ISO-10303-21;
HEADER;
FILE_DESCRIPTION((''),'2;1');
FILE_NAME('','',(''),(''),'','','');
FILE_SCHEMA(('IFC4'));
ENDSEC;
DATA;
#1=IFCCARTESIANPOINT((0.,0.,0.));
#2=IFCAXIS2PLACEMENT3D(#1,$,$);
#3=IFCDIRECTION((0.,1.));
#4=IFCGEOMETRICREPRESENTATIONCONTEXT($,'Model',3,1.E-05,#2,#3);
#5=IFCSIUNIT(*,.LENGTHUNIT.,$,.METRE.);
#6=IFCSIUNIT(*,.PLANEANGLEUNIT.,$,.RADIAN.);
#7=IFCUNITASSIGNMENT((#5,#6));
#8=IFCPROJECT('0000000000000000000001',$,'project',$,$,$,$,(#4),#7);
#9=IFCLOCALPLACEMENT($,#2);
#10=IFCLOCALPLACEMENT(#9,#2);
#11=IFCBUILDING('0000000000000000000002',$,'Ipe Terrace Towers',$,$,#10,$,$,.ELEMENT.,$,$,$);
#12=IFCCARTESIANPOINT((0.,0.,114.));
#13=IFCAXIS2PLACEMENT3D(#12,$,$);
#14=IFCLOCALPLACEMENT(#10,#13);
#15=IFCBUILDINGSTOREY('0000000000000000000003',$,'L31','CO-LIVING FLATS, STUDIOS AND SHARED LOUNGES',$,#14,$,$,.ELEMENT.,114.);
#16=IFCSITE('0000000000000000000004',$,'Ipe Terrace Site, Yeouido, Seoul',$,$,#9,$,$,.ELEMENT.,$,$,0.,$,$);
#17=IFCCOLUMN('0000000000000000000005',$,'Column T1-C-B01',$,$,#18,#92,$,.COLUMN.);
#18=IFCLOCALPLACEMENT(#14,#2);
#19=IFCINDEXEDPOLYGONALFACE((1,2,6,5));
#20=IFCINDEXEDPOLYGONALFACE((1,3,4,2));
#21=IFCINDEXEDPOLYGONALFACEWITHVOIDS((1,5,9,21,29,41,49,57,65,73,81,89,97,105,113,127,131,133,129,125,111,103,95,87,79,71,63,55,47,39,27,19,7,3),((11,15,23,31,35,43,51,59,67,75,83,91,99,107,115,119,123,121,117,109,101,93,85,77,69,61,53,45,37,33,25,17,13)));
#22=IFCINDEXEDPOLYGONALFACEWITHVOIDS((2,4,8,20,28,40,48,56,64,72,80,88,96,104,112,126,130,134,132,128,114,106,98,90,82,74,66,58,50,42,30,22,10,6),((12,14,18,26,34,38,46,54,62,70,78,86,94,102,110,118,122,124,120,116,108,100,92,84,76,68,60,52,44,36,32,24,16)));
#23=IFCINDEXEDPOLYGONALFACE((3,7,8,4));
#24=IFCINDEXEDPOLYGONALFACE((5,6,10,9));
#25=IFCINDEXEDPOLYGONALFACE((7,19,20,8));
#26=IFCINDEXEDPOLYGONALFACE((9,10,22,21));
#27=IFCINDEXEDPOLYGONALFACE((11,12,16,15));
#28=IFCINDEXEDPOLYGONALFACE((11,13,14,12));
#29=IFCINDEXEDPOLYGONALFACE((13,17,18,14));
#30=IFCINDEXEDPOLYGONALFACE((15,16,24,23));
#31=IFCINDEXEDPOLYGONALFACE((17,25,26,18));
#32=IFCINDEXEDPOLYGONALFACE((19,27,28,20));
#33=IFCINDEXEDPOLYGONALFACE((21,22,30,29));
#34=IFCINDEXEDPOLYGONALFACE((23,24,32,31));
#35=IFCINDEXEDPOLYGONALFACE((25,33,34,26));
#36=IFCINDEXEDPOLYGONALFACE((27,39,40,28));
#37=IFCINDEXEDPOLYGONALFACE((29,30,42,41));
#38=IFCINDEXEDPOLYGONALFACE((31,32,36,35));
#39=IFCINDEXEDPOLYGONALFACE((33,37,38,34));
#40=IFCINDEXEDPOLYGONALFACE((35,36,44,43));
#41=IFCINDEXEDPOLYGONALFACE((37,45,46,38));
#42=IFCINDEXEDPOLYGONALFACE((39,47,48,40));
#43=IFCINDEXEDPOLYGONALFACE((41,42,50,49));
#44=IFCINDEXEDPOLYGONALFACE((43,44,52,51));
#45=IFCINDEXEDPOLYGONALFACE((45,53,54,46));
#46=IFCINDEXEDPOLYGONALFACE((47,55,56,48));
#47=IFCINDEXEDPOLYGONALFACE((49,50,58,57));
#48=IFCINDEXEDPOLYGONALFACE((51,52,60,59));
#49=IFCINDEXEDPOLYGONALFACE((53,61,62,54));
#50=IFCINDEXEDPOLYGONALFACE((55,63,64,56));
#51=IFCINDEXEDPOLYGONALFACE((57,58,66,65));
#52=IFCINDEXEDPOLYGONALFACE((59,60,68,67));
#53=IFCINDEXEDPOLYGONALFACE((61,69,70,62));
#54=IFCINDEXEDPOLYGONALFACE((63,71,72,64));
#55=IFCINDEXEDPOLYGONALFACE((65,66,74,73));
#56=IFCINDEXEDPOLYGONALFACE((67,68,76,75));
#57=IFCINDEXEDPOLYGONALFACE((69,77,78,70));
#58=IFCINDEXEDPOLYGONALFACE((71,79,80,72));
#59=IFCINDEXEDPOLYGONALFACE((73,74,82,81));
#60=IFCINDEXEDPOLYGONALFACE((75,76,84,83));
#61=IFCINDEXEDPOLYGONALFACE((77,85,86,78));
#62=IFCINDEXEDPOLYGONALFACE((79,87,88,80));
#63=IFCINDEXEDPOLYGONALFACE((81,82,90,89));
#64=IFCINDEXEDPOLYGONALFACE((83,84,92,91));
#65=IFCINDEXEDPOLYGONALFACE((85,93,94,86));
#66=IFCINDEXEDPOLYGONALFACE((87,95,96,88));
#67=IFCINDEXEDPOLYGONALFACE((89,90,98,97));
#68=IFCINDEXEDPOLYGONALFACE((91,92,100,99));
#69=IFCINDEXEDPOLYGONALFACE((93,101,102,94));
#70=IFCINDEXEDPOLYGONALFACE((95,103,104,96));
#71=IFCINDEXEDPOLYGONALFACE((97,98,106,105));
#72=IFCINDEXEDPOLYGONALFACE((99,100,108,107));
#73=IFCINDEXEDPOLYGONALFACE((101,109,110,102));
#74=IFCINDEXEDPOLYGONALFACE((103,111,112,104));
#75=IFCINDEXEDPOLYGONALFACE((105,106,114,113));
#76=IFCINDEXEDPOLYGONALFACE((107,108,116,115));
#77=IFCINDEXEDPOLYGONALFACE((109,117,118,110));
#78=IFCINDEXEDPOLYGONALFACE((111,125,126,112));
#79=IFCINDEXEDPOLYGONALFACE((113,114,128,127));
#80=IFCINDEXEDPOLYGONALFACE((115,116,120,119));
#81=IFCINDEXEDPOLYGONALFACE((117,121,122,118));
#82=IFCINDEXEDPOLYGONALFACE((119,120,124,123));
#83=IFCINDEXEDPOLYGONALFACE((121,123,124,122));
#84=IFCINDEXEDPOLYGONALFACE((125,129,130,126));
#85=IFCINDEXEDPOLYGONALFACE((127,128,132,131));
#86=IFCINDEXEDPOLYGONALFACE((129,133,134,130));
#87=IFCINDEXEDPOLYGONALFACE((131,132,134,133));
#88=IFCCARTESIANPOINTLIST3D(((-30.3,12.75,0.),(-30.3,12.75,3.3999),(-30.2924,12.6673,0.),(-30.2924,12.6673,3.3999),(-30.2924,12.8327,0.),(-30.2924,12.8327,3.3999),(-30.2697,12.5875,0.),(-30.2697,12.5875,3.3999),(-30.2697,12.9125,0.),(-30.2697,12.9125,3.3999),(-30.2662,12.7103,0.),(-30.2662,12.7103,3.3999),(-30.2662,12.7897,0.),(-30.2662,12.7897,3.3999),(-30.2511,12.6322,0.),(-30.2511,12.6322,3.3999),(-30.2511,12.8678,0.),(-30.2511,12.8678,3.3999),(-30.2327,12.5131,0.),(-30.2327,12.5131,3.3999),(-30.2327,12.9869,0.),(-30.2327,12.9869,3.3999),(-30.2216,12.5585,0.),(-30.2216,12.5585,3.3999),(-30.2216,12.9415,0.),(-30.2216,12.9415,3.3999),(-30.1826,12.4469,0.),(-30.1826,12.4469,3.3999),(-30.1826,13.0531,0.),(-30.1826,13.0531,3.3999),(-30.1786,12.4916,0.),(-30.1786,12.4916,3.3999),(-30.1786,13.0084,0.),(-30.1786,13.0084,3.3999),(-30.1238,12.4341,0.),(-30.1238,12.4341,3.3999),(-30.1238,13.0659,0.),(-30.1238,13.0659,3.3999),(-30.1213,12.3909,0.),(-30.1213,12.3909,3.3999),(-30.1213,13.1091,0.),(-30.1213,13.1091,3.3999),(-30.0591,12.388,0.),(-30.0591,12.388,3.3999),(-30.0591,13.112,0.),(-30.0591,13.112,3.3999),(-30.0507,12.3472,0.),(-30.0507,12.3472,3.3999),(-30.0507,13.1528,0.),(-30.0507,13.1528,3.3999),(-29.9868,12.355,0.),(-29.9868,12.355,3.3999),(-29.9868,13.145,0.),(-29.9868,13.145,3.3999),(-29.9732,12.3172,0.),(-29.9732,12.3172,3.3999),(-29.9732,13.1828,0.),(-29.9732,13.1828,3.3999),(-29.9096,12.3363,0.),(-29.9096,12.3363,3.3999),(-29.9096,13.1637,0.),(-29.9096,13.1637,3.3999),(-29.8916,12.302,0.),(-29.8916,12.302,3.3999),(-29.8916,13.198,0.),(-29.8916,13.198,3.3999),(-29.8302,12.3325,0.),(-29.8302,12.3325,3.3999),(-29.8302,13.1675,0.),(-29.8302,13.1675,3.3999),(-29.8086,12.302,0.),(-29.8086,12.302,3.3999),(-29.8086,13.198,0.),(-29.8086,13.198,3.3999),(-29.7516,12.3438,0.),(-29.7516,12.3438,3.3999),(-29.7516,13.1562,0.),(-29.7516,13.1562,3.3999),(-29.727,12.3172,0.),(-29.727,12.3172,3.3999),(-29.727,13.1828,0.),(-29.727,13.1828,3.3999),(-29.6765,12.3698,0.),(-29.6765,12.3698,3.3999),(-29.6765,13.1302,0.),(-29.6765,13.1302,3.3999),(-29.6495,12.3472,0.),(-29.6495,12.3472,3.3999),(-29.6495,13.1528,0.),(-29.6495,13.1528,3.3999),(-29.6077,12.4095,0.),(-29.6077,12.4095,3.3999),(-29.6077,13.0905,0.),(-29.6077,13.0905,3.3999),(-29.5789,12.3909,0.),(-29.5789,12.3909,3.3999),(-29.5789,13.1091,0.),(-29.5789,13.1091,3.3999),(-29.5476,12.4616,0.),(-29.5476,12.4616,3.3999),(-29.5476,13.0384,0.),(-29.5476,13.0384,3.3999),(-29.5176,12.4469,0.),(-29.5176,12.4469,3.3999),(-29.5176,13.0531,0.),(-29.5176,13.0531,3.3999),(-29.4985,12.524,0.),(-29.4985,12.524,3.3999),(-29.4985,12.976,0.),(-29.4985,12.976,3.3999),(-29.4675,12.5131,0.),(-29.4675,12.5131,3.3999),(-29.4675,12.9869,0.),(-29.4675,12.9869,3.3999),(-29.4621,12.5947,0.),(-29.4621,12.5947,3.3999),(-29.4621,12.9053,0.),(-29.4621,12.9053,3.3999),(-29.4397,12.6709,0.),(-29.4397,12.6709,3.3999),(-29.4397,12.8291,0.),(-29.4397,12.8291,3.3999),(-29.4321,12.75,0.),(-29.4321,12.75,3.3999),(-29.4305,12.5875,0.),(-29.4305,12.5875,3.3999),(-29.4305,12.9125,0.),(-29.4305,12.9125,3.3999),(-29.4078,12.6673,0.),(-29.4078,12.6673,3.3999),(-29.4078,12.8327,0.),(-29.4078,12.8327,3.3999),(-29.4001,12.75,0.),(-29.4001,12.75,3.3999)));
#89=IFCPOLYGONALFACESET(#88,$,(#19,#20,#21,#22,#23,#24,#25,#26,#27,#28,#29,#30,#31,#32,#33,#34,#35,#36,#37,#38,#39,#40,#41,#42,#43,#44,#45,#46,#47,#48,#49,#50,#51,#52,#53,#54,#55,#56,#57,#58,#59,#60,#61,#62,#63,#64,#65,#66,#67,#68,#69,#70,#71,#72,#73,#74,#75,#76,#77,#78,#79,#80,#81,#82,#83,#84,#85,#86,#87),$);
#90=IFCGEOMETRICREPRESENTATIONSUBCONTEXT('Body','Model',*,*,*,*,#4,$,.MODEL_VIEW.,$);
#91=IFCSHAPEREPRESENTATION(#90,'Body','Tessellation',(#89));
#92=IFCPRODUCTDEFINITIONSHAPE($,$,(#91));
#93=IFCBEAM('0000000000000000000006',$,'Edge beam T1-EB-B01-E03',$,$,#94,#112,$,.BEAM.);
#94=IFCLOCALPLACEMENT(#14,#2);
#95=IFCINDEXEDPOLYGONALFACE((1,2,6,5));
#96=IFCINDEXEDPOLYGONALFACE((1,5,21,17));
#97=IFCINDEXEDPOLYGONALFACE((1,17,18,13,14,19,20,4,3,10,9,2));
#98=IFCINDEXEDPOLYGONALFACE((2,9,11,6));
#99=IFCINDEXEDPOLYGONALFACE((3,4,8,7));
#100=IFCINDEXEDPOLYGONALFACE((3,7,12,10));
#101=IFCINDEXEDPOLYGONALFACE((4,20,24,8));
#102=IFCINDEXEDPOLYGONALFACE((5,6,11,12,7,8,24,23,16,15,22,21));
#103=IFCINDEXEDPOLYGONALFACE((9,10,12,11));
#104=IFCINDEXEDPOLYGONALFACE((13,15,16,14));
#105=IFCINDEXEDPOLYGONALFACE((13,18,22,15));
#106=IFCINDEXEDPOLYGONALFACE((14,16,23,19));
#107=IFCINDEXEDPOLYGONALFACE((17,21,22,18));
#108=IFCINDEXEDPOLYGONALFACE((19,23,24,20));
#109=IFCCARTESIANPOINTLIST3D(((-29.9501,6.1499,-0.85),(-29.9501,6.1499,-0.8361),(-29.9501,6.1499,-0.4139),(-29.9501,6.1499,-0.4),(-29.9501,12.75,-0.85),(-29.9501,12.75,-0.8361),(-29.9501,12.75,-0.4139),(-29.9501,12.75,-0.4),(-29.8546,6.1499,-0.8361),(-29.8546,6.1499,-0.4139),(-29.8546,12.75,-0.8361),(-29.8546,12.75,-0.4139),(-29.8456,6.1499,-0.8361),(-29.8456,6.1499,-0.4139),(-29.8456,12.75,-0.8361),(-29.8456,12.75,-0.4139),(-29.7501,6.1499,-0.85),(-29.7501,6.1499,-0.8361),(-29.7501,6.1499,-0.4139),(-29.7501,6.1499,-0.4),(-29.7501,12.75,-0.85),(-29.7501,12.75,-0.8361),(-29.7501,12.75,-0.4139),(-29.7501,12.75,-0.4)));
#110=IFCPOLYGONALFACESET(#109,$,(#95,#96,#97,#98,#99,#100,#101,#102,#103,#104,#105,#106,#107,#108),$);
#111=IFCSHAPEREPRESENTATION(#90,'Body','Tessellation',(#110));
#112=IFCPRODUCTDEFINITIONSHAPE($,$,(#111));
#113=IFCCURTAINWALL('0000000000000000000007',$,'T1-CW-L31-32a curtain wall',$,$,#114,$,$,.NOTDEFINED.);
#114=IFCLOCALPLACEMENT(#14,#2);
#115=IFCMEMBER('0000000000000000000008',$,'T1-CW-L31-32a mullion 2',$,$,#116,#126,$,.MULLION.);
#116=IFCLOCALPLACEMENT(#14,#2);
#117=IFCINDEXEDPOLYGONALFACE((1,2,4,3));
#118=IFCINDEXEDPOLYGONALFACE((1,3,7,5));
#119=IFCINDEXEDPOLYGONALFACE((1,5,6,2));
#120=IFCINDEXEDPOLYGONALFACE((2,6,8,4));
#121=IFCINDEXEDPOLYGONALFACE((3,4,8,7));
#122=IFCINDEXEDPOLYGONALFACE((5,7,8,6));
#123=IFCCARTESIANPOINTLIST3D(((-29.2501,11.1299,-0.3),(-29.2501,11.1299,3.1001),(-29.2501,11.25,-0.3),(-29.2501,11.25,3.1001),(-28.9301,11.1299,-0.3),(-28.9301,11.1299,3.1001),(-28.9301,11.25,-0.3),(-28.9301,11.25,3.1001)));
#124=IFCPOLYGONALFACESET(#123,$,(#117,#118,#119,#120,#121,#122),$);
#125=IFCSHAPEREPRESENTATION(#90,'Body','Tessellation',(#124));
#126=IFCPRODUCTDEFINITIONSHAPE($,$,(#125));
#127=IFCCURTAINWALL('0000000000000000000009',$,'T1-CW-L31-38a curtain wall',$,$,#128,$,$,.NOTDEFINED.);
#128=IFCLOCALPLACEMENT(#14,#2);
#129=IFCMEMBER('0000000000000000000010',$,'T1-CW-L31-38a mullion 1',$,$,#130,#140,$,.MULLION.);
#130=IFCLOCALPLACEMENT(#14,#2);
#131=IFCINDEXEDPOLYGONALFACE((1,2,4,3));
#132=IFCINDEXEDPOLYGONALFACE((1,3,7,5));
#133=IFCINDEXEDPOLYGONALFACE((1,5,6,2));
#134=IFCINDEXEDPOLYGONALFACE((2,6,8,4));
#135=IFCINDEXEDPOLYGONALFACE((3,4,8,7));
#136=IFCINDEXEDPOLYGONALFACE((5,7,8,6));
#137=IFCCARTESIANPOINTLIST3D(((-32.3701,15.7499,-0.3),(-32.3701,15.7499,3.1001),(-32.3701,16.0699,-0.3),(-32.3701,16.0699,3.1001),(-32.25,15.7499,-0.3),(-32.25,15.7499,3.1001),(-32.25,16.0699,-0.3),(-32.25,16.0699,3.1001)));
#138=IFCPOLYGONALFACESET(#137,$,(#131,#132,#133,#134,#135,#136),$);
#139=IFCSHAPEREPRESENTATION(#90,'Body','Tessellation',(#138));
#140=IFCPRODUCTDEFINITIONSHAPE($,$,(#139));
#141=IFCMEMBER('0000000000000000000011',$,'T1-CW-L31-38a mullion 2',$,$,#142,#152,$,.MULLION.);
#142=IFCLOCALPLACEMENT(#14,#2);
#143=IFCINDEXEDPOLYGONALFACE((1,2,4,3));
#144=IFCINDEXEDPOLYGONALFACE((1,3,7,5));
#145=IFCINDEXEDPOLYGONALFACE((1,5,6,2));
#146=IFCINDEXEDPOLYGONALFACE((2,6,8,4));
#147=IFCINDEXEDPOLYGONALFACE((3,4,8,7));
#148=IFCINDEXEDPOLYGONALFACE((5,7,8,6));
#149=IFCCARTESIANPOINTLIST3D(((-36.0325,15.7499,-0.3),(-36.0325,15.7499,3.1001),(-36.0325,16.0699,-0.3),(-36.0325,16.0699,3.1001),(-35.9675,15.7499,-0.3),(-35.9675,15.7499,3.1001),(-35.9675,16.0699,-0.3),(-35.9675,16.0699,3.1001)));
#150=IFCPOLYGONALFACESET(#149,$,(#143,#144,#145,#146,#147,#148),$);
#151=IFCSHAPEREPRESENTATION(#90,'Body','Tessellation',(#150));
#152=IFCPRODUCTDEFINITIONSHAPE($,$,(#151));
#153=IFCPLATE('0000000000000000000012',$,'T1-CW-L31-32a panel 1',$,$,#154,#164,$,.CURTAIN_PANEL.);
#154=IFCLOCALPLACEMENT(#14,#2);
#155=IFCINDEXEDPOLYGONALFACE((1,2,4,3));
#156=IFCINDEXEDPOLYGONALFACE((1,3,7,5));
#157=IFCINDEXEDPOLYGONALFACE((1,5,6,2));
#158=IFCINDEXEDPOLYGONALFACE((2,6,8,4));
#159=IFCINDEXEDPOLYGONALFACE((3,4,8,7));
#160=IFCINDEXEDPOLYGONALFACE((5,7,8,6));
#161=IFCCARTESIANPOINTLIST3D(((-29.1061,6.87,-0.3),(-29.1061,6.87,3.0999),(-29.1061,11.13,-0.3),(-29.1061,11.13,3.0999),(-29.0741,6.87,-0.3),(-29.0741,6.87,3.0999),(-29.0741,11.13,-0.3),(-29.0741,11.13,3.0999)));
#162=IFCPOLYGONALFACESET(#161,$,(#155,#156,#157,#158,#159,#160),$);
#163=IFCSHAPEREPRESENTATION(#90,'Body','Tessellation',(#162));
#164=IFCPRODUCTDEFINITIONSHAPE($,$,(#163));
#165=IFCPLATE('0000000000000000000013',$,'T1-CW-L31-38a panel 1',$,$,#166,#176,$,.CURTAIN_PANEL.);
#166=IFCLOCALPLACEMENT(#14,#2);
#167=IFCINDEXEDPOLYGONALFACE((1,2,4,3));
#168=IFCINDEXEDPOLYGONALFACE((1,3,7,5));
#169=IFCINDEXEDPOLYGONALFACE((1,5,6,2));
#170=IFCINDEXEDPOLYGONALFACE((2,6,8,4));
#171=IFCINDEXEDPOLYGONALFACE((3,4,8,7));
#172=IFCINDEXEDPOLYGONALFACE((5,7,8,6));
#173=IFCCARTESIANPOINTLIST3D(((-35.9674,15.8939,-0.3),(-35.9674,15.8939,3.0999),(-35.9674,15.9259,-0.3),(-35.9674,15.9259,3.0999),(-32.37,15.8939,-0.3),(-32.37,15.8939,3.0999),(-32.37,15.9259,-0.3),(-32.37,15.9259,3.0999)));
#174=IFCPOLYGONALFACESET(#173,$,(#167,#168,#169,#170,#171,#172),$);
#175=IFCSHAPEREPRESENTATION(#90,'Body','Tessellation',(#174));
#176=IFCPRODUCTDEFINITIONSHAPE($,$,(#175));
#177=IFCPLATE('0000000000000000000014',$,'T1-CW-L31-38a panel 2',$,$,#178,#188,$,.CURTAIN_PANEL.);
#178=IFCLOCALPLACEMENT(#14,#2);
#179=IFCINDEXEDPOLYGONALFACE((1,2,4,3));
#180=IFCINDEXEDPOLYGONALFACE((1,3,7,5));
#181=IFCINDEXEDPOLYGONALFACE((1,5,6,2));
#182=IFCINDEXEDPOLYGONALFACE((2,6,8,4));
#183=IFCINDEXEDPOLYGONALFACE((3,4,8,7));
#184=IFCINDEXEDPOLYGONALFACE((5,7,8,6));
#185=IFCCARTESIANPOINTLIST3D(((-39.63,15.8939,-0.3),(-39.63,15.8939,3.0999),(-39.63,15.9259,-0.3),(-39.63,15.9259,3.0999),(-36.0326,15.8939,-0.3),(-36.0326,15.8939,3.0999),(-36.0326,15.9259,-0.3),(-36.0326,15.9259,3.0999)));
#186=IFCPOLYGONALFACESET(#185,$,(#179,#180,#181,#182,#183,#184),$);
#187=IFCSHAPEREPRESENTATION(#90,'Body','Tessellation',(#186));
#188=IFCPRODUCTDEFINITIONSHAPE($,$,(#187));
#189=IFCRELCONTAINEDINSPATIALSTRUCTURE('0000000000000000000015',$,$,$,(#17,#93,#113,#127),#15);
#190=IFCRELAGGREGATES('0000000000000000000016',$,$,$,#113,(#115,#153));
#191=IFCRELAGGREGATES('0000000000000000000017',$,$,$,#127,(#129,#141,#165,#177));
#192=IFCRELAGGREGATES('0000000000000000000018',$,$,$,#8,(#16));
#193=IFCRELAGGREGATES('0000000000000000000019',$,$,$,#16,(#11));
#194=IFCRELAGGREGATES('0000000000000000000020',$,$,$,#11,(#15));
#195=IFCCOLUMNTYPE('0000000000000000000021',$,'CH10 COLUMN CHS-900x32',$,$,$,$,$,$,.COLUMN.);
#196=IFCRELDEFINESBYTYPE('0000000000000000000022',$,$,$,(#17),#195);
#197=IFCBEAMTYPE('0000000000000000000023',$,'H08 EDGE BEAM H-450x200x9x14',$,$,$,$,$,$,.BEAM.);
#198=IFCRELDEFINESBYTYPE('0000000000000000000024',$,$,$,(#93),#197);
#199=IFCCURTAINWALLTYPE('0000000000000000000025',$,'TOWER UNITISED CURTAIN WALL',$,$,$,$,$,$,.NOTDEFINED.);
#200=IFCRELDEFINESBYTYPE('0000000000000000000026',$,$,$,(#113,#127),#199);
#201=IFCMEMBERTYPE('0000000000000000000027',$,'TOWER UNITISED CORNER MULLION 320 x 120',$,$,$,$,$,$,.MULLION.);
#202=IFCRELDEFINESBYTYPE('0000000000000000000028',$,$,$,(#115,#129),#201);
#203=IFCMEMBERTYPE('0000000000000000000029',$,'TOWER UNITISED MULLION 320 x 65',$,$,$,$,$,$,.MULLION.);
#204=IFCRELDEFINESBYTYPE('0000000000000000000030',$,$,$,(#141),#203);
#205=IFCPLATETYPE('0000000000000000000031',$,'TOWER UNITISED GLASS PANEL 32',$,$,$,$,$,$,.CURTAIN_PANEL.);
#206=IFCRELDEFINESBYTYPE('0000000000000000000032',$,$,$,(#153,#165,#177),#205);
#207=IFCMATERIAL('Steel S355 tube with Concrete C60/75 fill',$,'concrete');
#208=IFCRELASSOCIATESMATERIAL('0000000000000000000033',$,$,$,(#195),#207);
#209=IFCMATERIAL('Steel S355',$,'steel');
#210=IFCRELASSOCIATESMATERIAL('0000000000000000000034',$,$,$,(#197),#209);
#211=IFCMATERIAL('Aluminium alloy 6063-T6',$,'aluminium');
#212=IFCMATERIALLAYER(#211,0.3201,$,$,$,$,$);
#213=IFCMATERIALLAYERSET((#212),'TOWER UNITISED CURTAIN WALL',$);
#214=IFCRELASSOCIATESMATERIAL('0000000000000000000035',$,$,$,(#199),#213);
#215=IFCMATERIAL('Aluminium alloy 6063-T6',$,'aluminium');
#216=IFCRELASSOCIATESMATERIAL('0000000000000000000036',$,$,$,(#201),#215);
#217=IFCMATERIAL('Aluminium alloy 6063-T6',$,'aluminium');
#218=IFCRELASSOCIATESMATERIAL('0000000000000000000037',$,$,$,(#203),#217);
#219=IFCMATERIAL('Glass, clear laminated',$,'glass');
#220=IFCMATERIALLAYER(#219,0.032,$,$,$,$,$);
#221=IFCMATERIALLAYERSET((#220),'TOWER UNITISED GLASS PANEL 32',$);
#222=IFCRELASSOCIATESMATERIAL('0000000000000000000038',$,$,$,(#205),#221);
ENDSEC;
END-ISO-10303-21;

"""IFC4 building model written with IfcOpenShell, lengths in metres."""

from ifc_helpers import new_model, si_unit, direction, frame, origin, origin_2d, place, context, subcontext, project, spatial, rectangle, hollow_circle, i_section, extrude, material, layer, layer_set, material_profile, profile_set, type_object, element, aggregate, save


model = new_model("IFC4")

# Units and contexts
model_context = context("Model", 3, precision=1e-05, world=origin(), true_north=direction((0.0, 1.0)))
body_context = subcontext(model_context, "Body", "Model", "MODEL_VIEW")
ifc_project = project(units=[si_unit("LENGTHUNIT", "METRE"), si_unit("PLANEANGLEUNIT", "RADIAN")], contexts=[model_context])

# Site, building, storey
site_placement = place(None, origin())
site = spatial("IfcSite", under=ifc_project, at=site_placement, Name="Ipe Terrace Site, Yeouido, Seoul", CompositionType="ELEMENT", RefElevation=0.0)
building_placement = place(site_placement, origin())
building = spatial("IfcBuilding", under=site, at=building_placement, Name="Ipe Terrace Towers", CompositionType="ELEMENT")
storey_placement = place(building_placement, frame((0.0, 0.0, 114.0)))
storey = spatial("IfcBuildingStorey", under=building, at=storey_placement, Name="L31", Description="CO-LIVING FLATS, STUDIOS AND SHARED LOUNGES", CompositionType="ELEMENT", Elevation=114.0)

# Column
ifc_material_1 = material(Name="Steel S355 tube with Concrete C60/75 fill", Category="concrete")
ifc_material_profile_1 = material_profile(ifc_material_1, hollow_circle(Radius=0.45, WallThickness=0.032, at=origin_2d()), Name="CHS-900x32")
ifc_profile_set_1 = profile_set([ifc_material_profile_1], Name="Steel S355 tube with Concrete C60/75 fill")
column_type = type_object("IfcColumnType", Name="CH10 COLUMN CHS-900x32", PredefinedType="COLUMN", material=ifc_profile_set_1)
column_placement = place(storey_placement, frame((-29.8501, 12.75, 0.0), z_axis=(0.0, 0.0, 1.0), x_axis=(1.0, 0.0, 0.0)))
element("IfcColumn", 1, at=column_placement, inside=storey, type_object=column_type, Name="Column T1-C-B01", PredefinedType="COLUMN", context=body_context, shape_type="SweptSolid", body=[
    extrude(hollow_circle(Radius=0.45, WallThickness=0.032, at=origin_2d()), origin(), (0.0, 0.0, 1.0), 3.3999),
])

# Beam
ifc_material_2 = material(Name="Steel S355", Category="steel")
ifc_material_profile_2 = material_profile(ifc_material_2, i_section(OverallWidth=0.2, OverallDepth=0.45, WebThickness=0.009, FlangeThickness=0.0139, at=origin_2d()), Name="H-450x200x9x14")
ifc_profile_set_2 = profile_set([ifc_material_profile_2], Name="Steel S355")
beam_type = type_object("IfcBeamType", Name="H08 EDGE BEAM H-450x200x9x14", PredefinedType="BEAM", material=ifc_profile_set_2)
beam_placement = place(storey_placement, frame((-29.8501, 12.75, -0.625), z_axis=(0.0, -1.0, 0.0), x_axis=(1.0, 0.0, 0.0)))
element("IfcBeam", 2, at=beam_placement, inside=storey, type_object=beam_type, Name="Edge beam T1-EB-B01-E03", PredefinedType="BEAM", context=body_context, shape_type="SweptSolid", body=[
    extrude(i_section(OverallWidth=0.2, OverallDepth=0.45, WebThickness=0.009, FlangeThickness=0.0139, at=origin_2d()), origin(), (0.0, 0.0, 1.0), 6.6001),
])

# Curtain wall, member
ifc_material_3 = material(Name="Aluminium alloy 6063-T6", Category="aluminium")
ifc_layer_1 = layer(ifc_material_3, 0.3201)
ifc_layer_set_1 = layer_set([ifc_layer_1], Name="TOWER UNITISED CURTAIN WALL")
curtain_wall_type = type_object("IfcCurtainWallType", Name="TOWER UNITISED CURTAIN WALL", PredefinedType="NOTDEFINED", material=ifc_layer_set_1)
curtain_wall_1_placement = place(storey_placement, origin())
curtain_wall_1 = element("IfcCurtainWall", 3, at=curtain_wall_1_placement, inside=storey, type_object=curtain_wall_type, Name="T1-CW-L31-32a curtain wall", PredefinedType="NOTDEFINED")
ifc_material_4 = material(Name="Aluminium alloy 6063-T6", Category="aluminium")
ifc_material_profile_3 = material_profile(ifc_material_4, rectangle(XDim=0.3201, YDim=0.1201, at=origin_2d()), Name="TOWER UNITISED CORNER MULLION 320 x 120")
ifc_profile_set_3 = profile_set([ifc_material_profile_3], Name="Aluminium alloy 6063-T6")
member_type_1 = type_object("IfcMemberType", Name="TOWER UNITISED CORNER MULLION 320 x 120", PredefinedType="MULLION", material=ifc_profile_set_3)
member_1_placement = place(storey_placement, frame((-29.0901, 11.1899, -0.3), z_axis=(0.0, 0.0, 1.0), x_axis=(1.0, 0.0, 0.0)))
member_1 = element("IfcMember", 4, at=member_1_placement, type_object=member_type_1, Name="T1-CW-L31-32a mullion 2", PredefinedType="MULLION", context=body_context, shape_type="SweptSolid", body=[
    extrude(rectangle(XDim=0.3201, YDim=0.1201, at=origin_2d()), origin(), (0.0, 0.0, 1.0), 3.4001),
])

# Curtain wall, members
curtain_wall_2_placement = place(storey_placement, origin())
curtain_wall_2 = element("IfcCurtainWall", 5, at=curtain_wall_2_placement, inside=storey, type_object=curtain_wall_type, Name="T1-CW-L31-38a curtain wall", PredefinedType="NOTDEFINED")
member_2_placement = place(storey_placement, frame((-32.3101, 15.9099, -0.3), z_axis=(0.0, 0.0, 1.0), x_axis=(0.0, 1.0, 0.0)))
member_2 = element("IfcMember", 6, at=member_2_placement, type_object=member_type_1, Name="T1-CW-L31-38a mullion 1", PredefinedType="MULLION", context=body_context, shape_type="SweptSolid", body=[
    extrude(rectangle(XDim=0.3201, YDim=0.1201, at=origin_2d()), origin(), (0.0, 0.0, 1.0), 3.4001),
])
ifc_material_5 = material(Name="Aluminium alloy 6063-T6", Category="aluminium")
ifc_material_profile_4 = material_profile(ifc_material_5, rectangle(XDim=0.3201, YDim=0.0649, at=origin_2d()), Name="TOWER UNITISED MULLION 320 x 65")
ifc_profile_set_4 = profile_set([ifc_material_profile_4], Name="Aluminium alloy 6063-T6")
member_type_2 = type_object("IfcMemberType", Name="TOWER UNITISED MULLION 320 x 65", PredefinedType="MULLION", material=ifc_profile_set_4)
member_3_placement = place(storey_placement, frame((-36.0, 15.9099, -0.3), z_axis=(0.0, 0.0, 1.0), x_axis=(0.0, 1.0, 0.0)))
member_3 = element("IfcMember", 7, at=member_3_placement, type_object=member_type_2, Name="T1-CW-L31-38a mullion 2", PredefinedType="MULLION", context=body_context, shape_type="SweptSolid", body=[
    extrude(rectangle(XDim=0.3201, YDim=0.0649, at=origin_2d()), origin(), (0.0, 0.0, 1.0), 3.4001),
])

# Plates
ifc_material_6 = material(Name="Glass, clear laminated", Category="glass")
ifc_layer_2 = layer(ifc_material_6, 0.032)
ifc_layer_set_2 = layer_set([ifc_layer_2], Name="TOWER UNITISED GLASS PANEL 32")
plate_type = type_object("IfcPlateType", Name="TOWER UNITISED GLASS PANEL 32", PredefinedType="CURTAIN_PANEL", material=ifc_layer_set_2)
plate_1_placement = place(storey_placement, frame((-29.0901, 9.0, -0.3), z_axis=(0.0, 0.0, 1.0), x_axis=(0.0, 1.0, 0.0)))
plate_1 = element("IfcPlate", 8, at=plate_1_placement, type_object=plate_type, Name="T1-CW-L31-32a panel 1", PredefinedType="CURTAIN_PANEL", context=body_context, shape_type="SweptSolid", body=[
    extrude(rectangle(XDim=4.26, YDim=0.032, at=origin_2d()), origin(), (0.0, 0.0, 1.0), 3.3999),
])
aggregate(curtain_wall_1, [member_1, plate_1])
plate_2_placement = place(storey_placement, frame((-34.1687, 15.9099, -0.3), z_axis=(0.0, 0.0, 1.0), x_axis=(-1.0, 0.0, 0.0)))
plate_2 = element("IfcPlate", 9, at=plate_2_placement, type_object=plate_type, Name="T1-CW-L31-38a panel 1", PredefinedType="CURTAIN_PANEL", context=body_context, shape_type="SweptSolid", body=[
    extrude(rectangle(XDim=3.5974, YDim=0.032, at=origin_2d()), origin(), (0.0, 0.0, 1.0), 3.3999),
])
plate_3_placement = place(storey_placement, frame((-37.8313, 15.9099, -0.3), z_axis=(0.0, 0.0, 1.0), x_axis=(-1.0, 0.0, 0.0)))
plate_3 = element("IfcPlate", 10, at=plate_3_placement, type_object=plate_type, Name="T1-CW-L31-38a panel 2", PredefinedType="CURTAIN_PANEL", context=body_context, shape_type="SweptSolid", body=[
    extrude(rectangle(XDim=3.5974, YDim=0.032, at=origin_2d()), origin(), (0.0, 0.0, 1.0), 3.3999),
])
aggregate(curtain_wall_2, [member_2, member_3, plate_2, plate_3])

save(model, "model.ifc")
